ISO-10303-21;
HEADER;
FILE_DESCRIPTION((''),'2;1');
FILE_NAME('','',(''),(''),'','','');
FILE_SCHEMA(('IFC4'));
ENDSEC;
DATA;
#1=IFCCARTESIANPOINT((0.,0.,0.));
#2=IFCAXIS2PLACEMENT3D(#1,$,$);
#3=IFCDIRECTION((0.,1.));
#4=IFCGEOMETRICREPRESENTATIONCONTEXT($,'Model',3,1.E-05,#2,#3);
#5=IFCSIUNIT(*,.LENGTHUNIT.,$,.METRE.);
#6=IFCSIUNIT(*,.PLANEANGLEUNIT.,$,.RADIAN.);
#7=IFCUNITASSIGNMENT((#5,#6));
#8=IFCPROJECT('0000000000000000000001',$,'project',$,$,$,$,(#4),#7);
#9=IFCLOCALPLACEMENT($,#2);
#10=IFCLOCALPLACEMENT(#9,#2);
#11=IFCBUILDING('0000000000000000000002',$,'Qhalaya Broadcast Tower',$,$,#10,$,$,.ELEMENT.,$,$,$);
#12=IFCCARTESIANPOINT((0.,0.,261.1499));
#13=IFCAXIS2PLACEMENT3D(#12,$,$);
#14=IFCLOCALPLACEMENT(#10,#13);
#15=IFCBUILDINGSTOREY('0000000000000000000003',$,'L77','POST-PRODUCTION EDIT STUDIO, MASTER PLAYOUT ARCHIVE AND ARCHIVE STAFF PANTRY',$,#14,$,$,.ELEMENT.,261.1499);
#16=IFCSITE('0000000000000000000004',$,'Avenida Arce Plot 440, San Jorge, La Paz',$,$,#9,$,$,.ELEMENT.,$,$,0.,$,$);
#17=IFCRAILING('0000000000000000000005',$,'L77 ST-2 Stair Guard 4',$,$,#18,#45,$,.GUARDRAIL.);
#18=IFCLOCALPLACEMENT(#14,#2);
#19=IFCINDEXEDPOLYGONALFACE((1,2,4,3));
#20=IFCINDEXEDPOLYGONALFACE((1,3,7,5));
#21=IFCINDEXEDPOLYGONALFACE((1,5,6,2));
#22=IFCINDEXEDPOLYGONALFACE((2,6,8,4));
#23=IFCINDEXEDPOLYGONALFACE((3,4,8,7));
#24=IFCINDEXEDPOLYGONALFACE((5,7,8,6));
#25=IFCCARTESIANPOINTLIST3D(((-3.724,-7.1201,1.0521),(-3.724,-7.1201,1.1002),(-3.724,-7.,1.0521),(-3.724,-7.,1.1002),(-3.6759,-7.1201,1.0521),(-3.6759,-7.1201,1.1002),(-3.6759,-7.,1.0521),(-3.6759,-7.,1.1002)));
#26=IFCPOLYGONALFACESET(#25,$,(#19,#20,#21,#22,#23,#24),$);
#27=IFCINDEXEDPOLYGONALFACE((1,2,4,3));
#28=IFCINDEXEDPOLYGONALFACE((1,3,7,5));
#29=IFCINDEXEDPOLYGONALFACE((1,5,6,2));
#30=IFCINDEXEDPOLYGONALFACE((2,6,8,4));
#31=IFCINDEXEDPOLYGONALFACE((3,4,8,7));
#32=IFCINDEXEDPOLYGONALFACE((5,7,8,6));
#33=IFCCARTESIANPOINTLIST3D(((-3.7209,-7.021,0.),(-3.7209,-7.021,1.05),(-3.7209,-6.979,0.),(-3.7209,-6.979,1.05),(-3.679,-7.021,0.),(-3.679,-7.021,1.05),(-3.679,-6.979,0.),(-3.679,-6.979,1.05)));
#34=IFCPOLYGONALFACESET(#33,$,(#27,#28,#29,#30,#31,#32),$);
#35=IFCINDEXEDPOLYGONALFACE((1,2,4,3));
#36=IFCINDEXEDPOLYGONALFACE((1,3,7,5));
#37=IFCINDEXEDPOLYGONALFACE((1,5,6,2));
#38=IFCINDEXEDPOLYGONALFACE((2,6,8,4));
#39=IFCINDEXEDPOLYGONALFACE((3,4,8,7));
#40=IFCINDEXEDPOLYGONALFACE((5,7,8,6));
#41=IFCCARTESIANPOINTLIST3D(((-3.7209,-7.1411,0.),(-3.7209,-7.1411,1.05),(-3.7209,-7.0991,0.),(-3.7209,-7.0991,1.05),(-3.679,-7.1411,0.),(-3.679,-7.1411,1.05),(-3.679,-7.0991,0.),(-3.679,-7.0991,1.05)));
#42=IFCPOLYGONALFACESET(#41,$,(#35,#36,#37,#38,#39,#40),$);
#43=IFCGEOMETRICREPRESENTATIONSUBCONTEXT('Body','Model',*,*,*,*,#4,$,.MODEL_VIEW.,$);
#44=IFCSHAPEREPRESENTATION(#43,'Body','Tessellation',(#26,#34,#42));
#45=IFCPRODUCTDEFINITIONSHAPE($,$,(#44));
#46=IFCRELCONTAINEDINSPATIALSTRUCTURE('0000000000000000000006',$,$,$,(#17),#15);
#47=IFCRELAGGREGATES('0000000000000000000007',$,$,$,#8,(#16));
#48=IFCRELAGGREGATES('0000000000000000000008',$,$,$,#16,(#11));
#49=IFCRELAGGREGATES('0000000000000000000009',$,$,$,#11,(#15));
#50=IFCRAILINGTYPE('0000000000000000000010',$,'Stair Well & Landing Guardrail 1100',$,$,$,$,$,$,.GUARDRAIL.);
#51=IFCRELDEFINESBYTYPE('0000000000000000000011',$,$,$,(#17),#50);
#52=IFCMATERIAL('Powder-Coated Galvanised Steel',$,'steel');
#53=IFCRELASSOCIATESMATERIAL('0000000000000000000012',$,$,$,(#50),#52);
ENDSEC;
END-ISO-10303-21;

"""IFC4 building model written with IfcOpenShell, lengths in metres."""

from ifc_helpers import new_model, si_unit, direction, frame, origin, origin_2d, place, context, subcontext, project, spatial, rectangle, extrude, material, type_object, element, save


model = new_model("IFC4")

# Units and contexts
model_context = context("Model", 3, precision=1e-05, world=origin(), true_north=direction((0.0, 1.0)))
body_context = subcontext(model_context, "Body", "Model", "MODEL_VIEW")
ifc_project = project(units=[si_unit("LENGTHUNIT", "METRE"), si_unit("PLANEANGLEUNIT", "RADIAN")], contexts=[model_context])

# Site, building, storey
site_placement = place(None, origin())
site = spatial("IfcSite", under=ifc_project, at=site_placement, Name="Avenida Arce Plot 440, San Jorge, La Paz", CompositionType="ELEMENT", RefElevation=0.0)
building_placement = place(site_placement, origin())
building = spatial("IfcBuilding", under=site, at=building_placement, Name="Qhalaya Broadcast Tower", CompositionType="ELEMENT")
storey_placement = place(building_placement, frame((0.0, 0.0, 261.1499)))
storey = spatial("IfcBuildingStorey", under=building, at=storey_placement, Name="L77", Description="POST-PRODUCTION EDIT STUDIO, MASTER PLAYOUT ARCHIVE AND ARCHIVE STAFF PANTRY", CompositionType="ELEMENT", Elevation=261.1499)

# Railing
ifc_material_1 = material(Name="Powder-Coated Galvanised Steel", Category="steel")
railing_type_1 = type_object("IfcRailingType", Name="Stair Well & Landing Guardrail 1100", PredefinedType="GUARDRAIL", material=ifc_material_1)
railing_1_placement = place(storey_placement, frame((-3.7, -7.0, 0.0)))
element("IfcRailing", 1, at=railing_1_placement, inside=storey, type_object=railing_type_1, Name="L77 ST-2 Stair Guard 4", PredefinedType="GUARDRAIL", context=body_context, shape_type="SweptSolid", body=[
    extrude(rectangle(XDim=0.0481, YDim=0.0481, at=origin_2d()), frame((0.0, 0.0, 1.0762), z_axis=(0.0, -1.0, 0.0), x_axis=(1.0, 0.0, 0.0)), (0.0, 0.0, 1.0), 0.1201),
    extrude(rectangle(XDim=0.042, YDim=0.042, at=origin_2d()), origin(), (0.0, 0.0, 1.0), 1.05),
    extrude(rectangle(XDim=0.042, YDim=0.042, at=origin_2d()), frame((0.0, -0.1201, 0.0)), (0.0, 0.0, 1.0), 1.05),
])

save(model, "model.ifc")
